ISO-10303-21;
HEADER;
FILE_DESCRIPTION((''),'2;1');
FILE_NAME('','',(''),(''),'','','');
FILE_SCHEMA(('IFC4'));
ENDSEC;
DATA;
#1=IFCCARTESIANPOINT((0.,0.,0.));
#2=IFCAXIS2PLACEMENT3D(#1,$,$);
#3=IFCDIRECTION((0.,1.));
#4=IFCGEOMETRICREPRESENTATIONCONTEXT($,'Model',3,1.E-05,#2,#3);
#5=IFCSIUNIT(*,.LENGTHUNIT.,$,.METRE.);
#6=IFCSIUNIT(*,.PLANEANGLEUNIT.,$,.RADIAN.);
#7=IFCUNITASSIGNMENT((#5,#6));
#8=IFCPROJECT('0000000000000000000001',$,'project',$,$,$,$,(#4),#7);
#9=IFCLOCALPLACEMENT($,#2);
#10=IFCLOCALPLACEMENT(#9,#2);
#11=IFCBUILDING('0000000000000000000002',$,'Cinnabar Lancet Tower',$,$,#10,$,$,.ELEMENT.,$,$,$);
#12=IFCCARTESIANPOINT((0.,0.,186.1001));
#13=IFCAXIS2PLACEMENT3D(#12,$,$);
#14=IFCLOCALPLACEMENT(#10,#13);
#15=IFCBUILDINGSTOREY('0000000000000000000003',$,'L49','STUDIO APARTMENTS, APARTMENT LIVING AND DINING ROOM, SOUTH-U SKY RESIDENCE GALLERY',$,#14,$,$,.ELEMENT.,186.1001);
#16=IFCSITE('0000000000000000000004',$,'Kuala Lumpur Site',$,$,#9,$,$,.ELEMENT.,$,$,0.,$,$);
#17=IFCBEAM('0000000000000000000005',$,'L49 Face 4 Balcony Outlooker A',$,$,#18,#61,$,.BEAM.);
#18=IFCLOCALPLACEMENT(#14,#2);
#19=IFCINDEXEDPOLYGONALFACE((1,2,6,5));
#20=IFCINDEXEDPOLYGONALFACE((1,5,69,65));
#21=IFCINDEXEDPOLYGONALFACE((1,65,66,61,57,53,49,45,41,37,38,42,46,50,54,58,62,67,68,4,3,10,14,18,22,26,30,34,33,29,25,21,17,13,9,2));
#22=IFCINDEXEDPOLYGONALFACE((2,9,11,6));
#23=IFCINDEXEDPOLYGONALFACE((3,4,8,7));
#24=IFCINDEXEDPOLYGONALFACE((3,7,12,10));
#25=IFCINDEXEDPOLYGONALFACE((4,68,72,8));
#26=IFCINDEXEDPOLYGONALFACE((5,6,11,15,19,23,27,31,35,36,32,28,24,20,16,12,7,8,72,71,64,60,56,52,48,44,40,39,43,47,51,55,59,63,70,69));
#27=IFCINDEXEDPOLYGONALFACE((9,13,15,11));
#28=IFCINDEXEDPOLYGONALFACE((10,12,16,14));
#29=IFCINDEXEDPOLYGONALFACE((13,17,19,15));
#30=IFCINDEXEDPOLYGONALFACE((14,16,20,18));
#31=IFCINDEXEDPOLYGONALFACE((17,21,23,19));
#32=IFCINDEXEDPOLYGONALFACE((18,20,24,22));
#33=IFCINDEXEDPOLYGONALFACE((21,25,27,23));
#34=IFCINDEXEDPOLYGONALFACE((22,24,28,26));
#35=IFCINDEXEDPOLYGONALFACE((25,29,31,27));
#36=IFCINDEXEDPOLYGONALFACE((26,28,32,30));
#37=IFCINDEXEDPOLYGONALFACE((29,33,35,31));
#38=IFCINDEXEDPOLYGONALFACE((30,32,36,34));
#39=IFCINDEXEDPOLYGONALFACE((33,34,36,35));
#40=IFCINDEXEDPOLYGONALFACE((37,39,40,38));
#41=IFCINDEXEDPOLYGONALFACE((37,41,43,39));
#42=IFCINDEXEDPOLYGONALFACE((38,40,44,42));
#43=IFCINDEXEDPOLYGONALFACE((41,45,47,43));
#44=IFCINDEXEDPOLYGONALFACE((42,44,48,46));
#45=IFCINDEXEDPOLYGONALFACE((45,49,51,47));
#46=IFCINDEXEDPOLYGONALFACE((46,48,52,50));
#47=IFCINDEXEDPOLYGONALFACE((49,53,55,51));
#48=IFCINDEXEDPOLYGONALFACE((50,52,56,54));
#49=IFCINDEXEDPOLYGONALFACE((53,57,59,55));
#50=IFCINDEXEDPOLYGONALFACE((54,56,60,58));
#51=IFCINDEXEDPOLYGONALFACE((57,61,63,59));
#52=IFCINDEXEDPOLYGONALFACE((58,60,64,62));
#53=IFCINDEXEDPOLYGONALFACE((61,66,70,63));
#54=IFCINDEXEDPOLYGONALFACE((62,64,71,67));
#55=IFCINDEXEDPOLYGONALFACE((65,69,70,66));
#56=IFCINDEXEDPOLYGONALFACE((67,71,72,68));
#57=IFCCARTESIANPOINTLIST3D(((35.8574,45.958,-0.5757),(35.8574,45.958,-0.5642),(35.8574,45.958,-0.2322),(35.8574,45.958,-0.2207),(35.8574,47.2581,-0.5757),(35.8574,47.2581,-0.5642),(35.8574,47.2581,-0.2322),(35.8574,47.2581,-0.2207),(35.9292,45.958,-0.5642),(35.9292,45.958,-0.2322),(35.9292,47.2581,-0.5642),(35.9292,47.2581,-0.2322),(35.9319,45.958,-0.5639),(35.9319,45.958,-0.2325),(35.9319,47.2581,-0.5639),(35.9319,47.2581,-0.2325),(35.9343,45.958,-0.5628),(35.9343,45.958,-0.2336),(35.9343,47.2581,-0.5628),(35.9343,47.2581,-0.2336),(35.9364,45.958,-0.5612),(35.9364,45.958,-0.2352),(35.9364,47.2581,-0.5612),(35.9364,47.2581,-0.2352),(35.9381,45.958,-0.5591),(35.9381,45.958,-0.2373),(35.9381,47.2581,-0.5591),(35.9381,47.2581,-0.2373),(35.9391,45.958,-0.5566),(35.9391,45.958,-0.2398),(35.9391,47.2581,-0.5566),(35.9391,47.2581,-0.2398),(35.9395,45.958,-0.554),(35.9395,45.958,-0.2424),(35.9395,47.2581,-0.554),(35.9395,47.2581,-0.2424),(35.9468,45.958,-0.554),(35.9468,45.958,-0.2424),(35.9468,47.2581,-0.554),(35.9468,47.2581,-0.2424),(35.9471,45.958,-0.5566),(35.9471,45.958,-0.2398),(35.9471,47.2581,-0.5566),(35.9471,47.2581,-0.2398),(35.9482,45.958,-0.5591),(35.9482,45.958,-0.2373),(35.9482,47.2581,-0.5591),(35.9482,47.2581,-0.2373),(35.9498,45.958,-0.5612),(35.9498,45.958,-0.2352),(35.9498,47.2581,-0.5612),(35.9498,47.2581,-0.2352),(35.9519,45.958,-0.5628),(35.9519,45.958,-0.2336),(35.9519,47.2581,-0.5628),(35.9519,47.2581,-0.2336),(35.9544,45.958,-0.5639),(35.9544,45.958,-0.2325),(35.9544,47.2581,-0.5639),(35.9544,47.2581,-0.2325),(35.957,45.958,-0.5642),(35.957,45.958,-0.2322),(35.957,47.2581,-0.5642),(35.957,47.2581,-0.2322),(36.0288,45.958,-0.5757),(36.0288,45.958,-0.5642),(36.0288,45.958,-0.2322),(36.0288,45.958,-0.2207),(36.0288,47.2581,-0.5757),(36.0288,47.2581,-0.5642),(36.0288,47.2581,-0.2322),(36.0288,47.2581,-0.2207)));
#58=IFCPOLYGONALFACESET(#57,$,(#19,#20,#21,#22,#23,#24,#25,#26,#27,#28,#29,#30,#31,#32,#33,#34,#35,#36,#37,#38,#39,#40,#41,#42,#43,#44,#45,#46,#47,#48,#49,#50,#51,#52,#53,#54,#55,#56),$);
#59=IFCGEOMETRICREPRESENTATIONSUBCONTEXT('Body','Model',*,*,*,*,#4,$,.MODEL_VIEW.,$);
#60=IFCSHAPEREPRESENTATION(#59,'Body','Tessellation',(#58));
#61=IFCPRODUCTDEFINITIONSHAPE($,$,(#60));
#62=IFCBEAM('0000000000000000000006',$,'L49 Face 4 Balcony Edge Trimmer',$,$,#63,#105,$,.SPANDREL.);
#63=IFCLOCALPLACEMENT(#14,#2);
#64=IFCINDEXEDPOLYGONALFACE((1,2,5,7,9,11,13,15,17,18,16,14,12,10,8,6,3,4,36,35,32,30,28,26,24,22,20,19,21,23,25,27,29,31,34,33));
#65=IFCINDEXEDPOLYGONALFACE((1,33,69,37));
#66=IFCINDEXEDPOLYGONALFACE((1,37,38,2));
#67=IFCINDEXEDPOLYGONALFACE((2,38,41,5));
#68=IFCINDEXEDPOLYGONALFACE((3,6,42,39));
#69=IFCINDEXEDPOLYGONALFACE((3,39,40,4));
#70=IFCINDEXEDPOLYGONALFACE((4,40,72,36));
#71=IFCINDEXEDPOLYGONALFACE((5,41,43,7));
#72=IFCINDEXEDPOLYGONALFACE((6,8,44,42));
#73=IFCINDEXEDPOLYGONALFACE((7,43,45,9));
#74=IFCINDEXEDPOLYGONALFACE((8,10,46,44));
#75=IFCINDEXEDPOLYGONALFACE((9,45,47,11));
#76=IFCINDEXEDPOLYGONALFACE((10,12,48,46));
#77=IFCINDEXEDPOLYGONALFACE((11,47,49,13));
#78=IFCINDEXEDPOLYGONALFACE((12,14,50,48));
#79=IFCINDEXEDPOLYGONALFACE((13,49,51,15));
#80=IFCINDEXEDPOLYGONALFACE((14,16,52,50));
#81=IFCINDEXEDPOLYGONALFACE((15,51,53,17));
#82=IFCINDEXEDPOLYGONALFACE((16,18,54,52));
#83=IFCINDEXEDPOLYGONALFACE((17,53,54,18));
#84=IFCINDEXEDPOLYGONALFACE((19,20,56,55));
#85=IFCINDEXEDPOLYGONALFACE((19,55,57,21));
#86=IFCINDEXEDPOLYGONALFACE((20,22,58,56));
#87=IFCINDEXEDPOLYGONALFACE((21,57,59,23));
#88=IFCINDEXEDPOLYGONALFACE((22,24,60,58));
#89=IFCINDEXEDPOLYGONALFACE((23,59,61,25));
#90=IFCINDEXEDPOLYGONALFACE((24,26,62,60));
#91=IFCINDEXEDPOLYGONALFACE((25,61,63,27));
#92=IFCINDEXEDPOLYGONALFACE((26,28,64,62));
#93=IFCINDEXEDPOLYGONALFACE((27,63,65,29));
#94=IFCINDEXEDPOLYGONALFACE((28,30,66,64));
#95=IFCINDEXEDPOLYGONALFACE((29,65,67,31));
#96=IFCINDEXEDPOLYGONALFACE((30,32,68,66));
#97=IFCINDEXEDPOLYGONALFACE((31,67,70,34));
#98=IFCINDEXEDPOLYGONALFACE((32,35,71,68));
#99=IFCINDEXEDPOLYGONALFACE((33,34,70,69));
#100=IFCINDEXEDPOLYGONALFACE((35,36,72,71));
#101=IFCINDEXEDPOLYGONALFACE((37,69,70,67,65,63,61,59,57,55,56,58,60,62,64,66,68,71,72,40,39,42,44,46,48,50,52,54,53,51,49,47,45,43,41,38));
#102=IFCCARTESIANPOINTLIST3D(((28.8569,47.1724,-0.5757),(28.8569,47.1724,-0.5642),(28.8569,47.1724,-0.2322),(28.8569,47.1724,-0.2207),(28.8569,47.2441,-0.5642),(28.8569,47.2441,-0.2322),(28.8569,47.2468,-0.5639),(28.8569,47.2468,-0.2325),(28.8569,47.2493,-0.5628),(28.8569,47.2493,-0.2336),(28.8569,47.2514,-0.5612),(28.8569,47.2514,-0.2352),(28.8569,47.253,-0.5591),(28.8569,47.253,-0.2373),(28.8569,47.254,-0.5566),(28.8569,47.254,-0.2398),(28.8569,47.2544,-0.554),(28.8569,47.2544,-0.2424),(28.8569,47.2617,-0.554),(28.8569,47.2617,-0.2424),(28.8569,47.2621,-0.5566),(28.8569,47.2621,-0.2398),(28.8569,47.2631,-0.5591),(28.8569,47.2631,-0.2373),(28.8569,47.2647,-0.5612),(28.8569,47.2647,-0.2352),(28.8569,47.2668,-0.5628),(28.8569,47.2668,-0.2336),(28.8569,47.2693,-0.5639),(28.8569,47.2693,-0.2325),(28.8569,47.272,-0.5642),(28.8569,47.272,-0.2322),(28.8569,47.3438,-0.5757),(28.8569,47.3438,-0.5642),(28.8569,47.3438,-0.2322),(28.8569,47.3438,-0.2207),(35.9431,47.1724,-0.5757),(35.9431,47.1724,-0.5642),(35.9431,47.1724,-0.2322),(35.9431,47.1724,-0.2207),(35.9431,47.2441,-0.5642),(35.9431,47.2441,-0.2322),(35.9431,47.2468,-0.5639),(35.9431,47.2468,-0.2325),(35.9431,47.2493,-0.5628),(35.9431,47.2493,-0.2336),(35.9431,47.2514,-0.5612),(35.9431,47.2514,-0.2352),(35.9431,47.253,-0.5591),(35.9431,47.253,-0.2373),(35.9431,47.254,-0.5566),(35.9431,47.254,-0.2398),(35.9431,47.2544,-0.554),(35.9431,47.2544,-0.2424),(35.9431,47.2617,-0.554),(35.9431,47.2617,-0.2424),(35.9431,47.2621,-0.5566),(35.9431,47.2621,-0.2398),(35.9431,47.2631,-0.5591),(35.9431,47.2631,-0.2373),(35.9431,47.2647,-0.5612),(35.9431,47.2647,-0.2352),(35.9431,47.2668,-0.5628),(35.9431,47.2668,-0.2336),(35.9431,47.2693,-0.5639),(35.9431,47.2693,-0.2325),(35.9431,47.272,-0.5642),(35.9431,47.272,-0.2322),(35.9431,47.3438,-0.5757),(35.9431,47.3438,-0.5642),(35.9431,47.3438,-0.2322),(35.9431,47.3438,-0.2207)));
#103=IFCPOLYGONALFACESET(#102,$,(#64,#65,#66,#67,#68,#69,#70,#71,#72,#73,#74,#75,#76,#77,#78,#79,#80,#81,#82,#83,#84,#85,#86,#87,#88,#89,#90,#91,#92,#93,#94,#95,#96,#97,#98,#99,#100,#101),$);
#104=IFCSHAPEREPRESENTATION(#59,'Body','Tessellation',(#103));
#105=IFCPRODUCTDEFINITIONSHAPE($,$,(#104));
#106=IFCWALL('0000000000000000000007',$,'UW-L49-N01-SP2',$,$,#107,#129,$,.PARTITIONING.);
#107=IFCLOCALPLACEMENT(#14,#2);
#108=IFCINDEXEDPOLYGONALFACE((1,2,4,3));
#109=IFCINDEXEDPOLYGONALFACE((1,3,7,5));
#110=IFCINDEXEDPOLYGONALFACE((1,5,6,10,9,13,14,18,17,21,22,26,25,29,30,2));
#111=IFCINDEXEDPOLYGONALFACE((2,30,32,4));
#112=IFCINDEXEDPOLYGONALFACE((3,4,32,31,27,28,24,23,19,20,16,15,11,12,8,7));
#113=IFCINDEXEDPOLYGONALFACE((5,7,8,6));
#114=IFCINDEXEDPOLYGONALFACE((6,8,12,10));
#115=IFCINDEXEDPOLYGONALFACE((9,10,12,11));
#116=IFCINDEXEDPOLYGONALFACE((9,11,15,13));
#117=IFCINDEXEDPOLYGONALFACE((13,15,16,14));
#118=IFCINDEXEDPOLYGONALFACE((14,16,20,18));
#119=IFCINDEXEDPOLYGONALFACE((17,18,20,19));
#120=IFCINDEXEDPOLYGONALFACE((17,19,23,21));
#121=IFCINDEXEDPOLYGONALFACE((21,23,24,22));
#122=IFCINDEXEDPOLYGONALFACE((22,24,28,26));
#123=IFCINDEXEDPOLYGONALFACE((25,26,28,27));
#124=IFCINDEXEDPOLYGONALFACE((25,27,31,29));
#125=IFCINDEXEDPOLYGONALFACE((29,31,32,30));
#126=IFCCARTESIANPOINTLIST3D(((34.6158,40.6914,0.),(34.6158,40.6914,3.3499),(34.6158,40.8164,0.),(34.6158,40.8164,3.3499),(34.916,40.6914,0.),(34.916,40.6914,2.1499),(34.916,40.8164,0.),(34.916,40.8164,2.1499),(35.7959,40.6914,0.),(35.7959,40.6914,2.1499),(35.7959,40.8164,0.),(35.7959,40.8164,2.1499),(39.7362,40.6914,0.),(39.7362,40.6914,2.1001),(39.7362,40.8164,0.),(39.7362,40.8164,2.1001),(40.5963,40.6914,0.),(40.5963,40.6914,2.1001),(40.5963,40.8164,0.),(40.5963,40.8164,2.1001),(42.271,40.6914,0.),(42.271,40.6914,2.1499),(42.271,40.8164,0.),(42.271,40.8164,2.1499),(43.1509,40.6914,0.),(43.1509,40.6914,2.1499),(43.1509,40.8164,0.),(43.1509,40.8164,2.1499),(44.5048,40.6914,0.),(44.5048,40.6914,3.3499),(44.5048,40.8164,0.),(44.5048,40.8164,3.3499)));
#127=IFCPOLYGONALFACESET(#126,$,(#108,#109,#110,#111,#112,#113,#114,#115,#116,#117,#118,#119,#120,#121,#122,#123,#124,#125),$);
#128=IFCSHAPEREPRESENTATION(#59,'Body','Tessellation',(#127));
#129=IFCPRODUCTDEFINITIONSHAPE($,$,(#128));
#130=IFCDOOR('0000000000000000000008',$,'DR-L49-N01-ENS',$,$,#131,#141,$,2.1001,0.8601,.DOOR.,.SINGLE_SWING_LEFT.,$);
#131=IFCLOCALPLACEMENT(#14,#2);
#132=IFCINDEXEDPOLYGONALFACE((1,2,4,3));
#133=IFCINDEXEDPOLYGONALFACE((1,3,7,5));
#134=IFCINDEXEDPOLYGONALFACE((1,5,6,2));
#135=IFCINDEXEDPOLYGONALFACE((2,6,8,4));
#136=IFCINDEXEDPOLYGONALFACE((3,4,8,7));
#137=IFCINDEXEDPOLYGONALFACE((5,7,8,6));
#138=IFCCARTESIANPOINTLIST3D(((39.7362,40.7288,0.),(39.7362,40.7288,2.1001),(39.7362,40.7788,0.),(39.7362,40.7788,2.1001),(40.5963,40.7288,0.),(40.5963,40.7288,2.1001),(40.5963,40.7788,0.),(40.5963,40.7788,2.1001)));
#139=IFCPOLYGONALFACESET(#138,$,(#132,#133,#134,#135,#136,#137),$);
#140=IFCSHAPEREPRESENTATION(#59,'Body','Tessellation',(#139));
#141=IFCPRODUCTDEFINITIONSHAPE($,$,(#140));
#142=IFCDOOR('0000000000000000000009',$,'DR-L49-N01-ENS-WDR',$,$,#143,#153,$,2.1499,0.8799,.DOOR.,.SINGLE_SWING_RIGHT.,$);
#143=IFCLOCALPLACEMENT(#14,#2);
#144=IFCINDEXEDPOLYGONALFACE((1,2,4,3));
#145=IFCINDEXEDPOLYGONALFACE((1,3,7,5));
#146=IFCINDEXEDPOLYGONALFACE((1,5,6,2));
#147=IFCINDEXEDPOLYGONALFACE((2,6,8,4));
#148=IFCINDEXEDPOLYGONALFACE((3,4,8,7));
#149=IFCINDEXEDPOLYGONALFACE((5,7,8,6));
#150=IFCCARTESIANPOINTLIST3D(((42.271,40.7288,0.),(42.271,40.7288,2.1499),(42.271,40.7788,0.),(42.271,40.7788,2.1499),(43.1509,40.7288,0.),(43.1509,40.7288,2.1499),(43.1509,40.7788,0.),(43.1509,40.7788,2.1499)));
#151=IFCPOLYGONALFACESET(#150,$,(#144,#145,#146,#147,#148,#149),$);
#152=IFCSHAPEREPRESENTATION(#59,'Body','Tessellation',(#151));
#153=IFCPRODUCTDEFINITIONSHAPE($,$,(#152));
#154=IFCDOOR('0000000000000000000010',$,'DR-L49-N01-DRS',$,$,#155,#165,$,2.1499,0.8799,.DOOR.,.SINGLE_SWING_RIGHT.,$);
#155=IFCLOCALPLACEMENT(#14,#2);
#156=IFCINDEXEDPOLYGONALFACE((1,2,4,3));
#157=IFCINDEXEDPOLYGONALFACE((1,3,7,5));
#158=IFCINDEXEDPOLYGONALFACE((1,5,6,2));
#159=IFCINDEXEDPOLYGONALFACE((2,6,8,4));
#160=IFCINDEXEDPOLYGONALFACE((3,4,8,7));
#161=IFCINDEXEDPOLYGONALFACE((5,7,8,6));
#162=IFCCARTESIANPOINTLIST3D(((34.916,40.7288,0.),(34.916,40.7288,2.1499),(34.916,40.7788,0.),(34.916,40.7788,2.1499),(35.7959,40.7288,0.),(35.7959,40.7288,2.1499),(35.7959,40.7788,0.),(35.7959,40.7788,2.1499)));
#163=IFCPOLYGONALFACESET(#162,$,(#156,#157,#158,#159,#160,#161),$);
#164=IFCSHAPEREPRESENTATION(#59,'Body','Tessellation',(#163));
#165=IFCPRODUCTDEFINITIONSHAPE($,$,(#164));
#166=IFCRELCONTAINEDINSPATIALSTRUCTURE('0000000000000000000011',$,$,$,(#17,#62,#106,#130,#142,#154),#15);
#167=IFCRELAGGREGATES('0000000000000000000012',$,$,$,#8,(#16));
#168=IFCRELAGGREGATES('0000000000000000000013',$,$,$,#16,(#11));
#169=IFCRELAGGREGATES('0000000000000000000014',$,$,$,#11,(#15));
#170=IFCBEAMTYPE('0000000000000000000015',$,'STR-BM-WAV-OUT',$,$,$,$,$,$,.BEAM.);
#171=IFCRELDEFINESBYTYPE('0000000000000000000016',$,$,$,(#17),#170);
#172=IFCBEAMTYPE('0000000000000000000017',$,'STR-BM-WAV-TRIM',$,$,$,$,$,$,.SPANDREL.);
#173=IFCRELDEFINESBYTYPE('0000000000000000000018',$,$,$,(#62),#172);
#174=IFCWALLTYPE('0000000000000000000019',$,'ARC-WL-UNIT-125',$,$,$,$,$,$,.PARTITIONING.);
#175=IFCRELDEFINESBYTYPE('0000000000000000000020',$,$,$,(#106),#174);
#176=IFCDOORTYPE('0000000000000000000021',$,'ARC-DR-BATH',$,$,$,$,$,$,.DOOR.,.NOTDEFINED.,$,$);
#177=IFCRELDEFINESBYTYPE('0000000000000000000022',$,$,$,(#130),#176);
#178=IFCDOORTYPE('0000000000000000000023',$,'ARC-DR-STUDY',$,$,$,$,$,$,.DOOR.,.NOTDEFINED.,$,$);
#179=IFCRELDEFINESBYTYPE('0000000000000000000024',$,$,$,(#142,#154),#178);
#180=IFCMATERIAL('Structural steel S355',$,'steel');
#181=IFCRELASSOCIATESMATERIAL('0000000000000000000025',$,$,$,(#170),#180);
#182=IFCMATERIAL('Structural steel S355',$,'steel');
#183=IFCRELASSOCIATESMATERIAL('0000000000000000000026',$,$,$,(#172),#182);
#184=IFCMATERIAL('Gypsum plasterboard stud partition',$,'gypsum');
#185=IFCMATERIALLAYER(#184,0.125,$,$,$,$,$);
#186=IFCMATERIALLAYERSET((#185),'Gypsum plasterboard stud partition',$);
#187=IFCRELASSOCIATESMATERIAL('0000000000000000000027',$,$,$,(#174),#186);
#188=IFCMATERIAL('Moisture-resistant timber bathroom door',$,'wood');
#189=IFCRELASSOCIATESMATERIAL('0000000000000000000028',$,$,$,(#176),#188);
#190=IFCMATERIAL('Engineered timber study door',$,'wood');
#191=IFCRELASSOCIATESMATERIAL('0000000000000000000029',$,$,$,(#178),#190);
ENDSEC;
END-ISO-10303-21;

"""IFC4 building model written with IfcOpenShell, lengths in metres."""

from ifc_helpers import new_model, si_unit, direction, frame, frame_2d, origin, origin_2d, place, context, subcontext, project, spatial, rectangle, i_section, extrude, material, layer, layer_set, material_profile, profile_set, type_object, element, fill, save


model = new_model("IFC4")

# Units and contexts
model_context = context("Model", 3, precision=1e-05, world=origin(), true_north=direction((0.0, 1.0)))
body_context = subcontext(model_context, "Body", "Model", "MODEL_VIEW")
ifc_project = project(units=[si_unit("LENGTHUNIT", "METRE"), si_unit("PLANEANGLEUNIT", "RADIAN")], contexts=[model_context])

# Site, building, storey
site_placement = place(None, origin())
site = spatial("IfcSite", under=ifc_project, at=site_placement, Name="Kuala Lumpur Site", CompositionType="ELEMENT", RefElevation=0.0)
building_placement = place(site_placement, origin())
building = spatial("IfcBuilding", under=site, at=building_placement, Name="Cinnabar Lancet Tower", CompositionType="ELEMENT")
storey_placement = place(building_placement, frame((0.0, 0.0, 186.1001)))
storey = spatial("IfcBuildingStorey", under=building, at=storey_placement, Name="L49", Description="STUDIO APARTMENTS, APARTMENT LIVING AND DINING ROOM, SOUTH-U SKY RESIDENCE GALLERY", CompositionType="ELEMENT", Elevation=186.1001)

# Beams
ifc_material_1 = material(Name="Structural steel S355", Category="steel")
ifc_material_profile_1 = material_profile(ifc_material_1, i_section(OverallWidth=0.1714, OverallDepth=0.355, WebThickness=0.0073, FlangeThickness=0.0115, FilletRadius=0.0103, at=origin_2d()), Name="UKB 356x171x51")
ifc_profile_set_1 = profile_set([ifc_material_profile_1], Name="Structural steel S355")
beam_type_1 = type_object("IfcBeamType", Name="STR-BM-WAV-OUT", PredefinedType="BEAM", material=ifc_profile_set_1)
beam_1_placement = place(storey_placement, frame((35.9431, 45.958, -0.3982), z_axis=(0.0, 1.0, 0.0), x_axis=(-1.0, 0.0, 0.0)))
element("IfcBeam", 1, at=beam_1_placement, inside=storey, type_object=beam_type_1, Name="L49 Face 4 Balcony Outlooker A", PredefinedType="BEAM", context=body_context, shape_type="SweptSolid", body=[
    extrude(i_section(OverallWidth=0.1714, OverallDepth=0.355, WebThickness=0.0073, FlangeThickness=0.0115, FilletRadius=0.0103, at=origin_2d()), origin(), (0.0, 0.0, 1.0), 1.3),
])
ifc_material_2 = material(Name="Structural steel S355", Category="steel")
ifc_material_profile_2 = material_profile(ifc_material_2, i_section(OverallWidth=0.1714, OverallDepth=0.355, WebThickness=0.0073, FlangeThickness=0.0115, FilletRadius=0.0103, at=origin_2d()), Name="UKB 356x171x51")
ifc_profile_set_2 = profile_set([ifc_material_profile_2], Name="Structural steel S355")
beam_type_2 = type_object("IfcBeamType", Name="STR-BM-WAV-TRIM", PredefinedType="SPANDREL", material=ifc_profile_set_2)
beam_2_placement = place(storey_placement, frame((35.9431, 47.2581, -0.3982), z_axis=(-1.0, 0.0, 0.0), x_axis=(0.0, -1.0, 0.0)))
element("IfcBeam", 2, at=beam_2_placement, inside=storey, type_object=beam_type_2, Name="L49 Face 4 Balcony Edge Trimmer", PredefinedType="SPANDREL", context=body_context, shape_type="SweptSolid", body=[
    extrude(i_section(OverallWidth=0.1714, OverallDepth=0.355, WebThickness=0.0073, FlangeThickness=0.0115, FilletRadius=0.0103, at=origin_2d()), origin(), (0.0, 0.0, 1.0), 7.0862),
])

# Wall, openings, doors
ifc_material_3 = material(Name="Gypsum plasterboard stud partition", Category="gypsum")
ifc_layer_1 = layer(ifc_material_3, 0.125)
ifc_layer_set_1 = layer_set([ifc_layer_1], Name="Gypsum plasterboard stud partition")
wall_type_1 = type_object("IfcWallType", Name="ARC-WL-UNIT-125", PredefinedType="PARTITIONING", material=ifc_layer_set_1)
wall_1_placement = place(storey_placement, frame((34.616, 40.7539, 0.0), z_axis=(0.0, 0.0, 1.0), x_axis=(1.0, 0.0, 0.0)))
wall_1 = element("IfcWall", 3, at=wall_1_placement, inside=storey, type_object=wall_type_1, Name="UW-L49-N01-SP2", PredefinedType="PARTITIONING", context=body_context, shape_type="SweptSolid", body=[
    extrude(rectangle(XDim=9.8889, YDim=0.125, at=frame_2d((4.9443, 0.0))), origin(), (0.0, 0.0, 1.0), 3.3499),
])
opening_1_placement = place(wall_1_placement, frame((5.1201, 0.0, 0.0)))
opening_1 = element("IfcOpeningElement", 4, at=opening_1_placement, cuts=wall_1, PredefinedType="OPENING", context=body_context, shape_type="SweptSolid", body=[
    extrude(rectangle(XDim=0.8601, YDim=2.1001, at=frame_2d((0.4302, 1.05))), frame((0.0, 0.0725, 0.0), z_axis=(0.0, -1.0, 0.0), x_axis=(1.0, 0.0, 0.0)), (0.0, 0.0, 1.0), 0.145),
])
opening_2_placement = place(wall_1_placement, frame((7.655, 0.0, 0.0)))
opening_2 = element("IfcOpeningElement", 5, at=opening_2_placement, cuts=wall_1, PredefinedType="OPENING", context=body_context, shape_type="SweptSolid", body=[
    extrude(rectangle(XDim=0.8799, YDim=2.1499, at=frame_2d((0.4399, 1.075))), frame((0.0, 0.0725, 0.0), z_axis=(0.0, -1.0, 0.0), x_axis=(1.0, 0.0, 0.0)), (0.0, 0.0, 1.0), 0.145),
])
opening_3_placement = place(wall_1_placement, frame((0.3, 0.0, 0.0)))
opening_3 = element("IfcOpeningElement", 6, at=opening_3_placement, cuts=wall_1, PredefinedType="OPENING", context=body_context, shape_type="SweptSolid", body=[
    extrude(rectangle(XDim=0.8799, YDim=2.1499, at=frame_2d((0.4399, 1.075))), frame((0.0, 0.0725, 0.0), z_axis=(0.0, -1.0, 0.0), x_axis=(1.0, 0.0, 0.0)), (0.0, 0.0, 1.0), 0.145),
])
ifc_material_4 = material(Name="Moisture-resistant timber bathroom door", Category="wood")
door_type_1 = type_object("IfcDoorType", Name="ARC-DR-BATH", OperationType="NOTDEFINED", PredefinedType="DOOR", material=ifc_material_4)
door_1_placement = place(opening_1_placement, origin())
door_1 = element("IfcDoor", 7, at=door_1_placement, inside=storey, type_object=door_type_1, Name="DR-L49-N01-ENS", OperationType="SINGLE_SWING_LEFT", OverallHeight=2.1001, OverallWidth=0.8601, PredefinedType="DOOR", context=body_context, shape_type="SweptSolid", body=[
    extrude(rectangle(XDim=0.8601, YDim=2.1001, at=frame_2d((0.4302, 1.05))), frame((0.0, 0.0249, 0.0), z_axis=(0.0, -1.0, 0.0), x_axis=(1.0, 0.0, 0.0)), (0.0, 0.0, 1.0), 0.05),
])
fill(opening_1, door_1)
ifc_material_5 = material(Name="Engineered timber study door", Category="wood")
door_type_2 = type_object("IfcDoorType", Name="ARC-DR-STUDY", OperationType="NOTDEFINED", PredefinedType="DOOR", material=ifc_material_5)
door_2_placement = place(opening_2_placement, origin())
door_2 = element("IfcDoor", 8, at=door_2_placement, inside=storey, type_object=door_type_2, Name="DR-L49-N01-ENS-WDR", OperationType="SINGLE_SWING_RIGHT", OverallHeight=2.1499, OverallWidth=0.8799, PredefinedType="DOOR", context=body_context, shape_type="SweptSolid", body=[
    extrude(rectangle(XDim=0.8799, YDim=2.1499, at=frame_2d((0.4399, 1.075))), frame((0.0, 0.0249, 0.0), z_axis=(0.0, -1.0, 0.0), x_axis=(1.0, 0.0, 0.0)), (0.0, 0.0, 1.0), 0.05),
])
fill(opening_2, door_2)
door_3_placement = place(opening_3_placement, origin())
door_3 = element("IfcDoor", 9, at=door_3_placement, inside=storey, type_object=door_type_2, Name="DR-L49-N01-DRS", OperationType="SINGLE_SWING_RIGHT", OverallHeight=2.1499, OverallWidth=0.8799, PredefinedType="DOOR", context=body_context, shape_type="SweptSolid", body=[
    extrude(rectangle(XDim=0.8799, YDim=2.1499, at=frame_2d((0.4399, 1.075))), frame((0.0, 0.0249, 0.0), z_axis=(0.0, -1.0, 0.0), x_axis=(1.0, 0.0, 0.0)), (0.0, 0.0, 1.0), 0.05),
])
fill(opening_3, door_3)

save(model, "model.ifc")
